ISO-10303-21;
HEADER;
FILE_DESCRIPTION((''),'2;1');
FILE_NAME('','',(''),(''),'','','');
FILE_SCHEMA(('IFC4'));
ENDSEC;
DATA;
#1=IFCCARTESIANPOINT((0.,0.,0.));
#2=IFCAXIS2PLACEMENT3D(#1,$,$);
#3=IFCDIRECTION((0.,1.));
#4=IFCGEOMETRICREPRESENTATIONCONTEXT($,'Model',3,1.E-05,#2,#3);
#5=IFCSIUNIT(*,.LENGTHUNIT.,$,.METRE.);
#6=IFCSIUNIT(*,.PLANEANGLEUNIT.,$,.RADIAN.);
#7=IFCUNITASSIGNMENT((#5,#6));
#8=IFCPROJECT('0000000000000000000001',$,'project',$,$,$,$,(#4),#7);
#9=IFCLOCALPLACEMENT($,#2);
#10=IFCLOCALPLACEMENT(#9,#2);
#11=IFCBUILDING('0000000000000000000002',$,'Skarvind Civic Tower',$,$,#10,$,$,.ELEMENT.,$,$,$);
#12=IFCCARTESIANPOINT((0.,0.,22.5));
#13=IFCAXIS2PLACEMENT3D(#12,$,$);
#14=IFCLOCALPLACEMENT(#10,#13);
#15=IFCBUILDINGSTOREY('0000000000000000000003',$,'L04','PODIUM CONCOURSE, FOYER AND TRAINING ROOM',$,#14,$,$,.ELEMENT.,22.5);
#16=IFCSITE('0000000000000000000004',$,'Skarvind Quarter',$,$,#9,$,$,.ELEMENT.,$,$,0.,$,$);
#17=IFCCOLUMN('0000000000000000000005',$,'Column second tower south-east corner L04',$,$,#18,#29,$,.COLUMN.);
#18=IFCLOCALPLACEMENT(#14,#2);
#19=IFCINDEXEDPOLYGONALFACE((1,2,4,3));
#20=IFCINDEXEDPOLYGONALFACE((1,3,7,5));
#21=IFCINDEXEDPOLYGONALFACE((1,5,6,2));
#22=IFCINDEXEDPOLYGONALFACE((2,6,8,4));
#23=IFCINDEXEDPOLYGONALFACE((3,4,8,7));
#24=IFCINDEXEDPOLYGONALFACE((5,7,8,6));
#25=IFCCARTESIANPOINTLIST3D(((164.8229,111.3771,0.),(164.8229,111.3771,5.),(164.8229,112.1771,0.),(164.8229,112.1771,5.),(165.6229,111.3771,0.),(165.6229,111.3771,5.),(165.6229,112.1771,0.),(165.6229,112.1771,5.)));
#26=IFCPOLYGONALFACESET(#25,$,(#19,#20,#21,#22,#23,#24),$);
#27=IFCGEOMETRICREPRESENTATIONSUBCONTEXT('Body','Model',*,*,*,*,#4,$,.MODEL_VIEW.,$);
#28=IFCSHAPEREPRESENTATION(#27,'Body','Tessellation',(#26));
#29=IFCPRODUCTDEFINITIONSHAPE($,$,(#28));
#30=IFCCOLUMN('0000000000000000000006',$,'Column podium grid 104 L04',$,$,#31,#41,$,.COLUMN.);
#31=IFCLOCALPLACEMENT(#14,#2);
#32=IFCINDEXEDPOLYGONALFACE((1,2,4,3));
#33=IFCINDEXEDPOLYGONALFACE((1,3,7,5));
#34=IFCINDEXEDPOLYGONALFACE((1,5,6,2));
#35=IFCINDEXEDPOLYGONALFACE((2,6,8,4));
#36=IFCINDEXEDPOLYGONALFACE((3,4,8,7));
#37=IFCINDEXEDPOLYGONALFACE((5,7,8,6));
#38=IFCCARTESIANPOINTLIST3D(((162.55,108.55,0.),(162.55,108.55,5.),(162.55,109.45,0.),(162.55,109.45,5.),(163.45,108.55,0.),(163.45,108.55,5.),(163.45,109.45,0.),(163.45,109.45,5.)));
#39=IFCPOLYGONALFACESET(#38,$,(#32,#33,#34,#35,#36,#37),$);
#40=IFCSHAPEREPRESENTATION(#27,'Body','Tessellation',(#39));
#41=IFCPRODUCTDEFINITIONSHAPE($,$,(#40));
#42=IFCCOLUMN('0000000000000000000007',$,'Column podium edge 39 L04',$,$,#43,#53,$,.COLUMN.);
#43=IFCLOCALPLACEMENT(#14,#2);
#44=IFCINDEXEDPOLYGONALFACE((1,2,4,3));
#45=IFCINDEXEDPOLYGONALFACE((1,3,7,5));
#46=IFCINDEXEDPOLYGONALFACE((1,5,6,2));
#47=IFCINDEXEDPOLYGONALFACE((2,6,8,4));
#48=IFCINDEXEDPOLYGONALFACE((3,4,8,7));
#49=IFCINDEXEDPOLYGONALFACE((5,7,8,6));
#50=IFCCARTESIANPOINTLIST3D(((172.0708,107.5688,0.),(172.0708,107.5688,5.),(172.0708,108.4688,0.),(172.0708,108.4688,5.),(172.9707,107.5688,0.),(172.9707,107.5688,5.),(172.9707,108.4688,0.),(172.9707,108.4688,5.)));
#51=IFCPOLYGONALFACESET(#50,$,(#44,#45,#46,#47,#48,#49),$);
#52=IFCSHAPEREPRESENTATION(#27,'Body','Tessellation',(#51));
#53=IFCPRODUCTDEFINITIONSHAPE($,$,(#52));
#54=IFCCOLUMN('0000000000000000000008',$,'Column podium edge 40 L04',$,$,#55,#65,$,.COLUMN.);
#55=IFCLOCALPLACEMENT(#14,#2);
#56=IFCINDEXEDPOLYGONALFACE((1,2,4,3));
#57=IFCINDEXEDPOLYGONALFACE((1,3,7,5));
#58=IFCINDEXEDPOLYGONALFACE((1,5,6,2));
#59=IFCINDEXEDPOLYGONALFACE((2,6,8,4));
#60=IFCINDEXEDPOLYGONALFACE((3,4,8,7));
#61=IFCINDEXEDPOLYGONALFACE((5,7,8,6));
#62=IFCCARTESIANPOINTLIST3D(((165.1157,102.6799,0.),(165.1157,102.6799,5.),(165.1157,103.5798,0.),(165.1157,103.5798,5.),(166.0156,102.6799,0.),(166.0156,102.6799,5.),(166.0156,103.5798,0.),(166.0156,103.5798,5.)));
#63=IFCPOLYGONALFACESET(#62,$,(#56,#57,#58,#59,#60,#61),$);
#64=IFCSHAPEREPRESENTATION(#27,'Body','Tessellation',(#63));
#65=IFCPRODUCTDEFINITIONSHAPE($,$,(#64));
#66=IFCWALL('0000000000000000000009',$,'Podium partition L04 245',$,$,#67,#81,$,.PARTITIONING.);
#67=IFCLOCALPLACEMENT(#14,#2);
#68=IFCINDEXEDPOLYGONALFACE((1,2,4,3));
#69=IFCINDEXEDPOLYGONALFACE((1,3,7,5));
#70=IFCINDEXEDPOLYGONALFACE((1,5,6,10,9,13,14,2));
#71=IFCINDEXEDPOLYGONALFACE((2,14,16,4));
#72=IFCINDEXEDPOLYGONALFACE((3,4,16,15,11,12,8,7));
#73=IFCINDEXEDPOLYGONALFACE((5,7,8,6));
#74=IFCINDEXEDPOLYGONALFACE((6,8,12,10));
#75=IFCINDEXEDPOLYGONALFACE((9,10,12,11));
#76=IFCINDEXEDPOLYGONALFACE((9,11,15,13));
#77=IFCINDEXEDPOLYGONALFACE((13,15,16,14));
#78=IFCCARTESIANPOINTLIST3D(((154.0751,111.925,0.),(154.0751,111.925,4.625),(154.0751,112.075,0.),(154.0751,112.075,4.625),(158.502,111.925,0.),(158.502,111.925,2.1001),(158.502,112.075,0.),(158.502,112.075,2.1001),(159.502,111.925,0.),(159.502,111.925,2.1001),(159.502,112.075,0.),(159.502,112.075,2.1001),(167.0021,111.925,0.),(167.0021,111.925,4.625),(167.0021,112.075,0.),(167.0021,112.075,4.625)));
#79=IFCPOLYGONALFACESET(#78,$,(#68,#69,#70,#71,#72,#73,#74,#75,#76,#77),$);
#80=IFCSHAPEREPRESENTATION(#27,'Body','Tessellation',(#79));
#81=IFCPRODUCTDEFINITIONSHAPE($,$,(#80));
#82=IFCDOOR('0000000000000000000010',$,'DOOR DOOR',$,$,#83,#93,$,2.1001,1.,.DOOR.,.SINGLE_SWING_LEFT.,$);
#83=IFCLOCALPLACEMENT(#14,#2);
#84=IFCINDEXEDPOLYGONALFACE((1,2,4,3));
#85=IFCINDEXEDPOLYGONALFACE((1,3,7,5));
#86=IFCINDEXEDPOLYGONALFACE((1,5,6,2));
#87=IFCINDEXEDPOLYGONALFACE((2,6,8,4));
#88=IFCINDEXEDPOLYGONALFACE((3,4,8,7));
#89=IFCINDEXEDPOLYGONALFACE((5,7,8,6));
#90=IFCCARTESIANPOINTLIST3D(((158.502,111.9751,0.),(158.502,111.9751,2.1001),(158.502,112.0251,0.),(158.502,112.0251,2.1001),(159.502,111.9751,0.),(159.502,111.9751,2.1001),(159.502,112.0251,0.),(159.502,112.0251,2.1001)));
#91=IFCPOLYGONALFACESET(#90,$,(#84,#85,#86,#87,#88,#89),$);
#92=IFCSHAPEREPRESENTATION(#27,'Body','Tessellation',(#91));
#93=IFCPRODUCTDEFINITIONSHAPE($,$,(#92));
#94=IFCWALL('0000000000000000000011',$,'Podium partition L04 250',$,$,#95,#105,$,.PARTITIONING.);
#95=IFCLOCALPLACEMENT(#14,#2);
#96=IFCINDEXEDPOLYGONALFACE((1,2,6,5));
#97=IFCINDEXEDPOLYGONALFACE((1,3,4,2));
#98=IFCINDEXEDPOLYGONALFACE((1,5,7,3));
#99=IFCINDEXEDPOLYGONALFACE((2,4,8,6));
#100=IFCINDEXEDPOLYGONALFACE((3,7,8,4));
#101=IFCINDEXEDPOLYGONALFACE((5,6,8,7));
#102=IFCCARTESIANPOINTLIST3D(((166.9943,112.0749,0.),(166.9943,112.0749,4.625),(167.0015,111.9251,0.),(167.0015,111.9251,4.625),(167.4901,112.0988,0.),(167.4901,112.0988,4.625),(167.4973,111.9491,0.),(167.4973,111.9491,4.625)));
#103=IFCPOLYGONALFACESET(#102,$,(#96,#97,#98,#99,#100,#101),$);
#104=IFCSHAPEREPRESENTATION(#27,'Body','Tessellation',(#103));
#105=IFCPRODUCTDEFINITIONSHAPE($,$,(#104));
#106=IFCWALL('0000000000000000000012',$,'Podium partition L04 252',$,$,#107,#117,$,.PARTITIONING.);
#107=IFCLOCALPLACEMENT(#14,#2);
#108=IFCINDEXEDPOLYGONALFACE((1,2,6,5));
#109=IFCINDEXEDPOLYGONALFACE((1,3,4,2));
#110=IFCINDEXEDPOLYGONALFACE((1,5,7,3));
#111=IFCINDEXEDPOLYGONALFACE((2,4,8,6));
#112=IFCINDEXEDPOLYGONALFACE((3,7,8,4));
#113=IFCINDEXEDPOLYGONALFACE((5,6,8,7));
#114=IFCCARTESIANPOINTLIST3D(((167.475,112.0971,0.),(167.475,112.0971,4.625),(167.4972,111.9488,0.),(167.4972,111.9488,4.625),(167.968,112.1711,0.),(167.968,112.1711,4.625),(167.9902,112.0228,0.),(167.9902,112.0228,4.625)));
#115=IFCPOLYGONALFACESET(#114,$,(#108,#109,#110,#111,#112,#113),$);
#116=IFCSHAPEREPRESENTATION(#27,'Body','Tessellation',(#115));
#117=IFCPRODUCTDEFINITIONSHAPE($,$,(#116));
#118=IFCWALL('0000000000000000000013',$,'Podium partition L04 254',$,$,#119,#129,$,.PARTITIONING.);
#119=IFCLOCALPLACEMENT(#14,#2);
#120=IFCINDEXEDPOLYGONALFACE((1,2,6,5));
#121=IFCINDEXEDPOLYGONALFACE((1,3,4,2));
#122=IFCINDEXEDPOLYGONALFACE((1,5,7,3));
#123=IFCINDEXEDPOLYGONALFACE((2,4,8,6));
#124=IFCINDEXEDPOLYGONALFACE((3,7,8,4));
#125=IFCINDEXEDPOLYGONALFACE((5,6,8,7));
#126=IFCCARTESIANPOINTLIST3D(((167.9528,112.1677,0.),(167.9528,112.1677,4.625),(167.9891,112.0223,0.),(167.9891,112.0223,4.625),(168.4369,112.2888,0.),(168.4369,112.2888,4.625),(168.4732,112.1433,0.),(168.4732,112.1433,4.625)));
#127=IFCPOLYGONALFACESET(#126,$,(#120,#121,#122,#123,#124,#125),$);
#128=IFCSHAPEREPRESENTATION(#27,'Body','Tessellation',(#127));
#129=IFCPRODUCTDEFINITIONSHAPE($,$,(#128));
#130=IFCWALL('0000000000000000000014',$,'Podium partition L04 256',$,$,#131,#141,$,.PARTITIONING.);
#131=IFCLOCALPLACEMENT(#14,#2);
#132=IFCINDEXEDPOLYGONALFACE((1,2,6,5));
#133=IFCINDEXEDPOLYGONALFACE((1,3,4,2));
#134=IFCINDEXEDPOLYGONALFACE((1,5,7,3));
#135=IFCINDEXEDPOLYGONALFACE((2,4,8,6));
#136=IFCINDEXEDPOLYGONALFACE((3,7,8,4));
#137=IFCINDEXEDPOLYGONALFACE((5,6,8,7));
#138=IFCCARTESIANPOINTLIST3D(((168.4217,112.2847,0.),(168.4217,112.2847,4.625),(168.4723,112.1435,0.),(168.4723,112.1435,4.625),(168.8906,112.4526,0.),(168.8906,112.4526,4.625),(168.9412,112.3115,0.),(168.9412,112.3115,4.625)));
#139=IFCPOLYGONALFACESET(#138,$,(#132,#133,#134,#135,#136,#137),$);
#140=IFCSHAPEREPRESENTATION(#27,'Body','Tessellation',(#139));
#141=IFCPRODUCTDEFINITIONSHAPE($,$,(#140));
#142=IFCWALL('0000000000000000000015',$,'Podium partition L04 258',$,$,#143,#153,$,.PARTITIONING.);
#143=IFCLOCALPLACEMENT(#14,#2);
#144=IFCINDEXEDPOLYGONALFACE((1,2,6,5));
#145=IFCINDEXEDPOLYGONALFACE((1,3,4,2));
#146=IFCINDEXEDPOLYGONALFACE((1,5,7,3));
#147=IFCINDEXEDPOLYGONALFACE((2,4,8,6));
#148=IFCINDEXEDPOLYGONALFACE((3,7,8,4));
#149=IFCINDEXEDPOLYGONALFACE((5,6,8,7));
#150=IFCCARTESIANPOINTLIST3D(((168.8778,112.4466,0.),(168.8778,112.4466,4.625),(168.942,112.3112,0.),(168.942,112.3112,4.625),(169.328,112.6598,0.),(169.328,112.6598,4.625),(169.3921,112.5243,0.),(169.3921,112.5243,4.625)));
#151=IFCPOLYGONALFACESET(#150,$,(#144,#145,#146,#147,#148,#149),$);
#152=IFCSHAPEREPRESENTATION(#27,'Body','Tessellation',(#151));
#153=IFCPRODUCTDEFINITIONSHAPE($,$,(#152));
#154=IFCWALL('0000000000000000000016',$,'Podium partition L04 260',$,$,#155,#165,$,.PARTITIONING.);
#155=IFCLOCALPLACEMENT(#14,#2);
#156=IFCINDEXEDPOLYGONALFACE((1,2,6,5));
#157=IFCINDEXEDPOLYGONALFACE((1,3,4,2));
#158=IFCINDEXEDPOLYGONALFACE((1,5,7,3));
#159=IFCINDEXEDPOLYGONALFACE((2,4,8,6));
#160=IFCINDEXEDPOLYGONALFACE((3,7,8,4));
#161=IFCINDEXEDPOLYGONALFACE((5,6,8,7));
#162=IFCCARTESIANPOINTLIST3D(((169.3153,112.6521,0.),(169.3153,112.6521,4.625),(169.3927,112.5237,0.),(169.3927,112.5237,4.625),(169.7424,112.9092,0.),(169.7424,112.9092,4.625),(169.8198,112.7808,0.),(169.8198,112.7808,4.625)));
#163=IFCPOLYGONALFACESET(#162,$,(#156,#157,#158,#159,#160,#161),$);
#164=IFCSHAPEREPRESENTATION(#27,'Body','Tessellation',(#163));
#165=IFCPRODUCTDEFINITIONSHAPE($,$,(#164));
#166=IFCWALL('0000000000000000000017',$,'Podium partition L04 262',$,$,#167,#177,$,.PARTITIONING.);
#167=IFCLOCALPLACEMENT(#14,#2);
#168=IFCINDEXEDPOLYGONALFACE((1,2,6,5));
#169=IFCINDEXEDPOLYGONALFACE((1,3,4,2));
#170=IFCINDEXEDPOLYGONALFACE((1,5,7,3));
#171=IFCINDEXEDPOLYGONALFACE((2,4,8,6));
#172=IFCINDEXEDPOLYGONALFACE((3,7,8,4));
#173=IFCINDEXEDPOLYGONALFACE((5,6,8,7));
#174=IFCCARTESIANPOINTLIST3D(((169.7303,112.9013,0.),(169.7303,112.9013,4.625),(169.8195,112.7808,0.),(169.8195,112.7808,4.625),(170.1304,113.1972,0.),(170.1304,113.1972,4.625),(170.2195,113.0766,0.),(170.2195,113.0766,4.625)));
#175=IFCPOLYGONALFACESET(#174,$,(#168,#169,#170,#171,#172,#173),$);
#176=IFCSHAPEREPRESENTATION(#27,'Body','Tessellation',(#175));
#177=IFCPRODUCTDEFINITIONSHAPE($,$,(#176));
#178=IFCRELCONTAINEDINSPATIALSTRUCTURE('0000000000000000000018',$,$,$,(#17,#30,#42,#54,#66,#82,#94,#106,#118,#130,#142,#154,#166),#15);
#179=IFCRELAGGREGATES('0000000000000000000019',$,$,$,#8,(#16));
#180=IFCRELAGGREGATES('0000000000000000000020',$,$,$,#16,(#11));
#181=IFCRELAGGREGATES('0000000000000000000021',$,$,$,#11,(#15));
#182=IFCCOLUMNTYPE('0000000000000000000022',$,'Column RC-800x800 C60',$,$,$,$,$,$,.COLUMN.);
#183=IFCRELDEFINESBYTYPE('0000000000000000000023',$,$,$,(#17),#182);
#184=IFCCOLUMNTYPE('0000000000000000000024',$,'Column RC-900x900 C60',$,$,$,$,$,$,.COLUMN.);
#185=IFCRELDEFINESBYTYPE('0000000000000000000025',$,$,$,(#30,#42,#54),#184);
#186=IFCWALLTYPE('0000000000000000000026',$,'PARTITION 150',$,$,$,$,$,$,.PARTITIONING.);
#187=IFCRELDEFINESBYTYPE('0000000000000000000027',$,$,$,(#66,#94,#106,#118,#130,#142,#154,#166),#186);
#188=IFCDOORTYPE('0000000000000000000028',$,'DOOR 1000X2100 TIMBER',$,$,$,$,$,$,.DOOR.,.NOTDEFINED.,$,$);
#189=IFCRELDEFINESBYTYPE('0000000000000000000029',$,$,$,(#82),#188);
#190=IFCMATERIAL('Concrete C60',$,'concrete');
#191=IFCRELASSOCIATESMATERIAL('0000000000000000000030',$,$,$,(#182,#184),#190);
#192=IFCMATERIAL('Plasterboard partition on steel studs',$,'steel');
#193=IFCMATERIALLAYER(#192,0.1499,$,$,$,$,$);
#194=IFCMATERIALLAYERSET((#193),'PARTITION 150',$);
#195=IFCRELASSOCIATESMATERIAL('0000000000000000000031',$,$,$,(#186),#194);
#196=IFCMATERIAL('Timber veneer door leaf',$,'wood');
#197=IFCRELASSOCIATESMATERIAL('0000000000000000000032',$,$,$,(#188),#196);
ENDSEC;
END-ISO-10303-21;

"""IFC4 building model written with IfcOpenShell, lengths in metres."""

from ifc_helpers import new_model, si_unit, direction, frame, frame_2d, origin, origin_2d, place, context, subcontext, project, spatial, rectangle, extrude, material, layer, layer_set, material_profile, profile_set, type_object, element, fill, save


model = new_model("IFC4")

# Units and contexts
model_context = context("Model", 3, precision=1e-05, world=origin(), true_north=direction((0.0, 1.0)))
body_context = subcontext(model_context, "Body", "Model", "MODEL_VIEW")
ifc_project = project(units=[si_unit("LENGTHUNIT", "METRE"), si_unit("PLANEANGLEUNIT", "RADIAN")], contexts=[model_context])

# Site, building, storey
site_placement = place(None, origin())
site = spatial("IfcSite", under=ifc_project, at=site_placement, Name="Skarvind Quarter", CompositionType="ELEMENT", RefElevation=0.0)
building_placement = place(site_placement, origin())
building = spatial("IfcBuilding", under=site, at=building_placement, Name="Skarvind Civic Tower", CompositionType="ELEMENT")
storey_placement = place(building_placement, frame((0.0, 0.0, 22.5)))
storey = spatial("IfcBuildingStorey", under=building, at=storey_placement, Name="L04", Description="PODIUM CONCOURSE, FOYER AND TRAINING ROOM", CompositionType="ELEMENT", Elevation=22.5)

# Columns
ifc_material_1 = material(Name="Concrete C60", Category="concrete")
ifc_material_profile_1 = material_profile(ifc_material_1, rectangle(XDim=0.8, YDim=0.8, at=origin_2d()), Name="RC-800x800")
ifc_profile_set_1 = profile_set([ifc_material_profile_1], Name="Concrete C60")
column_type_1 = type_object("IfcColumnType", Name="Column RC-800x800 C60", PredefinedType="COLUMN", material=ifc_profile_set_1)
column_placement = place(storey_placement, frame((165.2229, 111.7771, 0.0), z_axis=(0.0, 0.0, 1.0), x_axis=(1.0, 0.0, 0.0)))
element("IfcColumn", 1, at=column_placement, inside=storey, type_object=column_type_1, Name="Column second tower south-east corner L04", PredefinedType="COLUMN", context=body_context, shape_type="SweptSolid", body=[
    extrude(rectangle(XDim=0.8, YDim=0.8, at=origin_2d()), origin(), (0.0, 0.0, 1.0), 5.0),
])
ifc_material_profile_2 = material_profile(ifc_material_1, rectangle(XDim=0.8999, YDim=0.8999, at=origin_2d()), Name="RC-900x900")
ifc_profile_set_2 = profile_set([ifc_material_profile_2], Name="Concrete C60")
column_type_2 = type_object("IfcColumnType", Name="Column RC-900x900 C60", PredefinedType="COLUMN", material=ifc_profile_set_2)
for number, where, z_axis, x_axis, name in (
    (2, (163.0, 109.0, 0.0), (0.0, 0.0, 1.0), (1.0, 0.0, 0.0), "Column podium grid 104 L04"),
    (3, (172.5208, 108.0188, 0.0), (0.0, 0.0, 1.0), (1.0, 0.0, 0.0), "Column podium edge 39 L04"),
    (4, (165.5657, 103.1299, 0.0), (0.0, 0.0, 1.0), (1.0, 0.0, 0.0), "Column podium edge 40 L04"),
):
    element("IfcColumn", number, at=place(storey_placement, frame(where, z_axis=z_axis, x_axis=x_axis)), inside=storey, type_object=column_type_2, Name=name, PredefinedType="COLUMN", context=body_context, shape_type="SweptSolid", body=[
        extrude(rectangle(XDim=0.8999, YDim=0.8999, at=origin_2d()), origin(), (0.0, 0.0, 1.0), 5.0),
    ])

# Wall, opening, door
ifc_material_2 = material(Name="Plasterboard partition on steel studs", Category="steel")
ifc_layer_1 = layer(ifc_material_2, 0.1499)
ifc_layer_set_1 = layer_set([ifc_layer_1], Name="PARTITION 150")
wall_type_1 = type_object("IfcWallType", Name="PARTITION 150", PredefinedType="PARTITIONING", material=ifc_layer_set_1)
wall_1_placement = place(storey_placement, frame((167.002, 112.0, 0.0), z_axis=(0.0, 0.0, 1.0), x_axis=(-1.0, 0.0, 0.0)))
wall_1 = element("IfcWall", 5, at=wall_1_placement, inside=storey, type_object=wall_type_1, Name="Podium partition L04 245", PredefinedType="PARTITIONING", context=body_context, shape_type="SweptSolid", body=[
    extrude(rectangle(XDim=12.927, YDim=0.1499, at=frame_2d((6.4634, 0.0))), origin(), (0.0, 0.0, 1.0), 4.625),
])
opening_1_placement = place(wall_1_placement, frame((7.5, 0.0, 0.0)))
opening_1 = element("IfcOpeningElement", 6, at=opening_1_placement, cuts=wall_1, PredefinedType="OPENING", context=body_context, shape_type="SweptSolid", body=[
    extrude(rectangle(XDim=1.0, YDim=2.1001, at=frame_2d((0.5, 1.05))), frame((0.0, 0.085, 0.0), z_axis=(0.0, -1.0, 0.0), x_axis=(1.0, 0.0, 0.0)), (0.0, 0.0, 1.0), 0.1699),
])
ifc_material_3 = material(Name="Timber veneer door leaf", Category="wood")
door_type = type_object("IfcDoorType", Name="DOOR 1000X2100 TIMBER", OperationType="NOTDEFINED", PredefinedType="DOOR", material=ifc_material_3)
door_placement = place(opening_1_placement, origin())
door = element("IfcDoor", 7, at=door_placement, inside=storey, type_object=door_type, Name="DOOR DOOR", OperationType="SINGLE_SWING_LEFT", OverallHeight=2.1001, OverallWidth=1.0, PredefinedType="DOOR", context=body_context, shape_type="SweptSolid", body=[
    extrude(rectangle(XDim=1.0, YDim=2.1001, at=frame_2d((0.5, 1.05))), frame((0.0, 0.0249, 0.0), z_axis=(0.0, -1.0, 0.0), x_axis=(1.0, 0.0, 0.0)), (0.0, 0.0, 1.0), 0.05),
])
fill(opening_1, door)

# Walls
wall_2_placement = place(storey_placement, frame((166.998, 112.0, 0.0), z_axis=(0.0, 0.0, 1.0), x_axis=(0.998838, 0.048196, 0.0)))
element("IfcWall", 8, at=wall_2_placement, inside=storey, type_object=wall_type_1, Name="Podium partition L04 250", PredefinedType="PARTITIONING", context=body_context, shape_type="SweptSolid", body=[
    extrude(rectangle(XDim=0.4963, YDim=0.1499, at=frame_2d((0.248, 0.0))), origin(), (0.0, 0.0, 1.0), 4.625),
])
wall_3_placement = place(storey_placement, frame((167.4861, 112.0229, 0.0), z_axis=(0.0, 0.0, 1.0), x_axis=(0.988926, 0.148412, 0.0)))
element("IfcWall", 9, at=wall_3_placement, inside=storey, type_object=wall_type_1, Name="Podium partition L04 252", PredefinedType="PARTITIONING", context=body_context, shape_type="SweptSolid", body=[
    extrude(rectangle(XDim=0.4985, YDim=0.1499, at=frame_2d((0.2493, 0.0))), origin(), (0.0, 0.0, 1.0), 4.625),
])
wall_4_placement = place(storey_placement, frame((167.9709, 112.095, 0.0), z_axis=(0.0, 0.0, 1.0), x_axis=(0.970114, 0.242651, 0.0)))
element("IfcWall", 10, at=wall_4_placement, inside=storey, type_object=wall_type_1, Name="Podium partition L04 254", PredefinedType="PARTITIONING", context=body_context, shape_type="SweptSolid", body=[
    extrude(rectangle(XDim=0.499, YDim=0.1499, at=frame_2d((0.2495, 0.0))), origin(), (0.0, 0.0, 1.0), 4.625),
])
for number, where, z_axis, x_axis, name in (
    (11, (168.447, 112.2141, 0.0), (0.0, 0.0, 1.0), (0.941442, 0.337174, 0.0), "Podium partition L04 256"),
    (12, (168.9099, 112.3789, 0.0), (0.0, 0.0, 1.0), (0.903828, 0.427897, 0.0), "Podium partition L04 258"),
):
    element("IfcWall", number, at=place(storey_placement, frame(where, z_axis=z_axis, x_axis=x_axis)), inside=storey, type_object=wall_type_1, Name=name, PredefinedType="PARTITIONING", context=body_context, shape_type="SweptSolid", body=[
        extrude(rectangle(XDim=0.498, YDim=0.1499, at=frame_2d((0.249, 0.0))), origin(), (0.0, 0.0, 1.0), 4.625),
    ])
wall_5_placement = place(storey_placement, frame((169.354, 112.5879, 0.0), z_axis=(0.0, 0.0, 1.0), x_axis=(0.856714, 0.515792, 0.0)))
element("IfcWall", 13, at=wall_5_placement, inside=storey, type_object=wall_type_1, Name="Podium partition L04 260", PredefinedType="PARTITIONING", context=body_context, shape_type="SweptSolid", body=[
    extrude(rectangle(XDim=0.4985, YDim=0.1499, at=frame_2d((0.2493, 0.0))), origin(), (0.0, 0.0, 1.0), 4.625),
])
wall_6_placement = place(storey_placement, frame((169.7749, 112.8411, 0.0), z_axis=(0.0, 0.0, 1.0), x_axis=(0.804044, 0.59457, 0.0)))
element("IfcWall", 14, at=wall_6_placement, inside=storey, type_object=wall_type_1, Name="Podium partition L04 262", PredefinedType="PARTITIONING", context=body_context, shape_type="SweptSolid", body=[
    extrude(rectangle(XDim=0.4976, YDim=0.1499, at=frame_2d((0.2488, 0.0))), origin(), (0.0, 0.0, 1.0), 4.625),
])

save(model, "model.ifc")
